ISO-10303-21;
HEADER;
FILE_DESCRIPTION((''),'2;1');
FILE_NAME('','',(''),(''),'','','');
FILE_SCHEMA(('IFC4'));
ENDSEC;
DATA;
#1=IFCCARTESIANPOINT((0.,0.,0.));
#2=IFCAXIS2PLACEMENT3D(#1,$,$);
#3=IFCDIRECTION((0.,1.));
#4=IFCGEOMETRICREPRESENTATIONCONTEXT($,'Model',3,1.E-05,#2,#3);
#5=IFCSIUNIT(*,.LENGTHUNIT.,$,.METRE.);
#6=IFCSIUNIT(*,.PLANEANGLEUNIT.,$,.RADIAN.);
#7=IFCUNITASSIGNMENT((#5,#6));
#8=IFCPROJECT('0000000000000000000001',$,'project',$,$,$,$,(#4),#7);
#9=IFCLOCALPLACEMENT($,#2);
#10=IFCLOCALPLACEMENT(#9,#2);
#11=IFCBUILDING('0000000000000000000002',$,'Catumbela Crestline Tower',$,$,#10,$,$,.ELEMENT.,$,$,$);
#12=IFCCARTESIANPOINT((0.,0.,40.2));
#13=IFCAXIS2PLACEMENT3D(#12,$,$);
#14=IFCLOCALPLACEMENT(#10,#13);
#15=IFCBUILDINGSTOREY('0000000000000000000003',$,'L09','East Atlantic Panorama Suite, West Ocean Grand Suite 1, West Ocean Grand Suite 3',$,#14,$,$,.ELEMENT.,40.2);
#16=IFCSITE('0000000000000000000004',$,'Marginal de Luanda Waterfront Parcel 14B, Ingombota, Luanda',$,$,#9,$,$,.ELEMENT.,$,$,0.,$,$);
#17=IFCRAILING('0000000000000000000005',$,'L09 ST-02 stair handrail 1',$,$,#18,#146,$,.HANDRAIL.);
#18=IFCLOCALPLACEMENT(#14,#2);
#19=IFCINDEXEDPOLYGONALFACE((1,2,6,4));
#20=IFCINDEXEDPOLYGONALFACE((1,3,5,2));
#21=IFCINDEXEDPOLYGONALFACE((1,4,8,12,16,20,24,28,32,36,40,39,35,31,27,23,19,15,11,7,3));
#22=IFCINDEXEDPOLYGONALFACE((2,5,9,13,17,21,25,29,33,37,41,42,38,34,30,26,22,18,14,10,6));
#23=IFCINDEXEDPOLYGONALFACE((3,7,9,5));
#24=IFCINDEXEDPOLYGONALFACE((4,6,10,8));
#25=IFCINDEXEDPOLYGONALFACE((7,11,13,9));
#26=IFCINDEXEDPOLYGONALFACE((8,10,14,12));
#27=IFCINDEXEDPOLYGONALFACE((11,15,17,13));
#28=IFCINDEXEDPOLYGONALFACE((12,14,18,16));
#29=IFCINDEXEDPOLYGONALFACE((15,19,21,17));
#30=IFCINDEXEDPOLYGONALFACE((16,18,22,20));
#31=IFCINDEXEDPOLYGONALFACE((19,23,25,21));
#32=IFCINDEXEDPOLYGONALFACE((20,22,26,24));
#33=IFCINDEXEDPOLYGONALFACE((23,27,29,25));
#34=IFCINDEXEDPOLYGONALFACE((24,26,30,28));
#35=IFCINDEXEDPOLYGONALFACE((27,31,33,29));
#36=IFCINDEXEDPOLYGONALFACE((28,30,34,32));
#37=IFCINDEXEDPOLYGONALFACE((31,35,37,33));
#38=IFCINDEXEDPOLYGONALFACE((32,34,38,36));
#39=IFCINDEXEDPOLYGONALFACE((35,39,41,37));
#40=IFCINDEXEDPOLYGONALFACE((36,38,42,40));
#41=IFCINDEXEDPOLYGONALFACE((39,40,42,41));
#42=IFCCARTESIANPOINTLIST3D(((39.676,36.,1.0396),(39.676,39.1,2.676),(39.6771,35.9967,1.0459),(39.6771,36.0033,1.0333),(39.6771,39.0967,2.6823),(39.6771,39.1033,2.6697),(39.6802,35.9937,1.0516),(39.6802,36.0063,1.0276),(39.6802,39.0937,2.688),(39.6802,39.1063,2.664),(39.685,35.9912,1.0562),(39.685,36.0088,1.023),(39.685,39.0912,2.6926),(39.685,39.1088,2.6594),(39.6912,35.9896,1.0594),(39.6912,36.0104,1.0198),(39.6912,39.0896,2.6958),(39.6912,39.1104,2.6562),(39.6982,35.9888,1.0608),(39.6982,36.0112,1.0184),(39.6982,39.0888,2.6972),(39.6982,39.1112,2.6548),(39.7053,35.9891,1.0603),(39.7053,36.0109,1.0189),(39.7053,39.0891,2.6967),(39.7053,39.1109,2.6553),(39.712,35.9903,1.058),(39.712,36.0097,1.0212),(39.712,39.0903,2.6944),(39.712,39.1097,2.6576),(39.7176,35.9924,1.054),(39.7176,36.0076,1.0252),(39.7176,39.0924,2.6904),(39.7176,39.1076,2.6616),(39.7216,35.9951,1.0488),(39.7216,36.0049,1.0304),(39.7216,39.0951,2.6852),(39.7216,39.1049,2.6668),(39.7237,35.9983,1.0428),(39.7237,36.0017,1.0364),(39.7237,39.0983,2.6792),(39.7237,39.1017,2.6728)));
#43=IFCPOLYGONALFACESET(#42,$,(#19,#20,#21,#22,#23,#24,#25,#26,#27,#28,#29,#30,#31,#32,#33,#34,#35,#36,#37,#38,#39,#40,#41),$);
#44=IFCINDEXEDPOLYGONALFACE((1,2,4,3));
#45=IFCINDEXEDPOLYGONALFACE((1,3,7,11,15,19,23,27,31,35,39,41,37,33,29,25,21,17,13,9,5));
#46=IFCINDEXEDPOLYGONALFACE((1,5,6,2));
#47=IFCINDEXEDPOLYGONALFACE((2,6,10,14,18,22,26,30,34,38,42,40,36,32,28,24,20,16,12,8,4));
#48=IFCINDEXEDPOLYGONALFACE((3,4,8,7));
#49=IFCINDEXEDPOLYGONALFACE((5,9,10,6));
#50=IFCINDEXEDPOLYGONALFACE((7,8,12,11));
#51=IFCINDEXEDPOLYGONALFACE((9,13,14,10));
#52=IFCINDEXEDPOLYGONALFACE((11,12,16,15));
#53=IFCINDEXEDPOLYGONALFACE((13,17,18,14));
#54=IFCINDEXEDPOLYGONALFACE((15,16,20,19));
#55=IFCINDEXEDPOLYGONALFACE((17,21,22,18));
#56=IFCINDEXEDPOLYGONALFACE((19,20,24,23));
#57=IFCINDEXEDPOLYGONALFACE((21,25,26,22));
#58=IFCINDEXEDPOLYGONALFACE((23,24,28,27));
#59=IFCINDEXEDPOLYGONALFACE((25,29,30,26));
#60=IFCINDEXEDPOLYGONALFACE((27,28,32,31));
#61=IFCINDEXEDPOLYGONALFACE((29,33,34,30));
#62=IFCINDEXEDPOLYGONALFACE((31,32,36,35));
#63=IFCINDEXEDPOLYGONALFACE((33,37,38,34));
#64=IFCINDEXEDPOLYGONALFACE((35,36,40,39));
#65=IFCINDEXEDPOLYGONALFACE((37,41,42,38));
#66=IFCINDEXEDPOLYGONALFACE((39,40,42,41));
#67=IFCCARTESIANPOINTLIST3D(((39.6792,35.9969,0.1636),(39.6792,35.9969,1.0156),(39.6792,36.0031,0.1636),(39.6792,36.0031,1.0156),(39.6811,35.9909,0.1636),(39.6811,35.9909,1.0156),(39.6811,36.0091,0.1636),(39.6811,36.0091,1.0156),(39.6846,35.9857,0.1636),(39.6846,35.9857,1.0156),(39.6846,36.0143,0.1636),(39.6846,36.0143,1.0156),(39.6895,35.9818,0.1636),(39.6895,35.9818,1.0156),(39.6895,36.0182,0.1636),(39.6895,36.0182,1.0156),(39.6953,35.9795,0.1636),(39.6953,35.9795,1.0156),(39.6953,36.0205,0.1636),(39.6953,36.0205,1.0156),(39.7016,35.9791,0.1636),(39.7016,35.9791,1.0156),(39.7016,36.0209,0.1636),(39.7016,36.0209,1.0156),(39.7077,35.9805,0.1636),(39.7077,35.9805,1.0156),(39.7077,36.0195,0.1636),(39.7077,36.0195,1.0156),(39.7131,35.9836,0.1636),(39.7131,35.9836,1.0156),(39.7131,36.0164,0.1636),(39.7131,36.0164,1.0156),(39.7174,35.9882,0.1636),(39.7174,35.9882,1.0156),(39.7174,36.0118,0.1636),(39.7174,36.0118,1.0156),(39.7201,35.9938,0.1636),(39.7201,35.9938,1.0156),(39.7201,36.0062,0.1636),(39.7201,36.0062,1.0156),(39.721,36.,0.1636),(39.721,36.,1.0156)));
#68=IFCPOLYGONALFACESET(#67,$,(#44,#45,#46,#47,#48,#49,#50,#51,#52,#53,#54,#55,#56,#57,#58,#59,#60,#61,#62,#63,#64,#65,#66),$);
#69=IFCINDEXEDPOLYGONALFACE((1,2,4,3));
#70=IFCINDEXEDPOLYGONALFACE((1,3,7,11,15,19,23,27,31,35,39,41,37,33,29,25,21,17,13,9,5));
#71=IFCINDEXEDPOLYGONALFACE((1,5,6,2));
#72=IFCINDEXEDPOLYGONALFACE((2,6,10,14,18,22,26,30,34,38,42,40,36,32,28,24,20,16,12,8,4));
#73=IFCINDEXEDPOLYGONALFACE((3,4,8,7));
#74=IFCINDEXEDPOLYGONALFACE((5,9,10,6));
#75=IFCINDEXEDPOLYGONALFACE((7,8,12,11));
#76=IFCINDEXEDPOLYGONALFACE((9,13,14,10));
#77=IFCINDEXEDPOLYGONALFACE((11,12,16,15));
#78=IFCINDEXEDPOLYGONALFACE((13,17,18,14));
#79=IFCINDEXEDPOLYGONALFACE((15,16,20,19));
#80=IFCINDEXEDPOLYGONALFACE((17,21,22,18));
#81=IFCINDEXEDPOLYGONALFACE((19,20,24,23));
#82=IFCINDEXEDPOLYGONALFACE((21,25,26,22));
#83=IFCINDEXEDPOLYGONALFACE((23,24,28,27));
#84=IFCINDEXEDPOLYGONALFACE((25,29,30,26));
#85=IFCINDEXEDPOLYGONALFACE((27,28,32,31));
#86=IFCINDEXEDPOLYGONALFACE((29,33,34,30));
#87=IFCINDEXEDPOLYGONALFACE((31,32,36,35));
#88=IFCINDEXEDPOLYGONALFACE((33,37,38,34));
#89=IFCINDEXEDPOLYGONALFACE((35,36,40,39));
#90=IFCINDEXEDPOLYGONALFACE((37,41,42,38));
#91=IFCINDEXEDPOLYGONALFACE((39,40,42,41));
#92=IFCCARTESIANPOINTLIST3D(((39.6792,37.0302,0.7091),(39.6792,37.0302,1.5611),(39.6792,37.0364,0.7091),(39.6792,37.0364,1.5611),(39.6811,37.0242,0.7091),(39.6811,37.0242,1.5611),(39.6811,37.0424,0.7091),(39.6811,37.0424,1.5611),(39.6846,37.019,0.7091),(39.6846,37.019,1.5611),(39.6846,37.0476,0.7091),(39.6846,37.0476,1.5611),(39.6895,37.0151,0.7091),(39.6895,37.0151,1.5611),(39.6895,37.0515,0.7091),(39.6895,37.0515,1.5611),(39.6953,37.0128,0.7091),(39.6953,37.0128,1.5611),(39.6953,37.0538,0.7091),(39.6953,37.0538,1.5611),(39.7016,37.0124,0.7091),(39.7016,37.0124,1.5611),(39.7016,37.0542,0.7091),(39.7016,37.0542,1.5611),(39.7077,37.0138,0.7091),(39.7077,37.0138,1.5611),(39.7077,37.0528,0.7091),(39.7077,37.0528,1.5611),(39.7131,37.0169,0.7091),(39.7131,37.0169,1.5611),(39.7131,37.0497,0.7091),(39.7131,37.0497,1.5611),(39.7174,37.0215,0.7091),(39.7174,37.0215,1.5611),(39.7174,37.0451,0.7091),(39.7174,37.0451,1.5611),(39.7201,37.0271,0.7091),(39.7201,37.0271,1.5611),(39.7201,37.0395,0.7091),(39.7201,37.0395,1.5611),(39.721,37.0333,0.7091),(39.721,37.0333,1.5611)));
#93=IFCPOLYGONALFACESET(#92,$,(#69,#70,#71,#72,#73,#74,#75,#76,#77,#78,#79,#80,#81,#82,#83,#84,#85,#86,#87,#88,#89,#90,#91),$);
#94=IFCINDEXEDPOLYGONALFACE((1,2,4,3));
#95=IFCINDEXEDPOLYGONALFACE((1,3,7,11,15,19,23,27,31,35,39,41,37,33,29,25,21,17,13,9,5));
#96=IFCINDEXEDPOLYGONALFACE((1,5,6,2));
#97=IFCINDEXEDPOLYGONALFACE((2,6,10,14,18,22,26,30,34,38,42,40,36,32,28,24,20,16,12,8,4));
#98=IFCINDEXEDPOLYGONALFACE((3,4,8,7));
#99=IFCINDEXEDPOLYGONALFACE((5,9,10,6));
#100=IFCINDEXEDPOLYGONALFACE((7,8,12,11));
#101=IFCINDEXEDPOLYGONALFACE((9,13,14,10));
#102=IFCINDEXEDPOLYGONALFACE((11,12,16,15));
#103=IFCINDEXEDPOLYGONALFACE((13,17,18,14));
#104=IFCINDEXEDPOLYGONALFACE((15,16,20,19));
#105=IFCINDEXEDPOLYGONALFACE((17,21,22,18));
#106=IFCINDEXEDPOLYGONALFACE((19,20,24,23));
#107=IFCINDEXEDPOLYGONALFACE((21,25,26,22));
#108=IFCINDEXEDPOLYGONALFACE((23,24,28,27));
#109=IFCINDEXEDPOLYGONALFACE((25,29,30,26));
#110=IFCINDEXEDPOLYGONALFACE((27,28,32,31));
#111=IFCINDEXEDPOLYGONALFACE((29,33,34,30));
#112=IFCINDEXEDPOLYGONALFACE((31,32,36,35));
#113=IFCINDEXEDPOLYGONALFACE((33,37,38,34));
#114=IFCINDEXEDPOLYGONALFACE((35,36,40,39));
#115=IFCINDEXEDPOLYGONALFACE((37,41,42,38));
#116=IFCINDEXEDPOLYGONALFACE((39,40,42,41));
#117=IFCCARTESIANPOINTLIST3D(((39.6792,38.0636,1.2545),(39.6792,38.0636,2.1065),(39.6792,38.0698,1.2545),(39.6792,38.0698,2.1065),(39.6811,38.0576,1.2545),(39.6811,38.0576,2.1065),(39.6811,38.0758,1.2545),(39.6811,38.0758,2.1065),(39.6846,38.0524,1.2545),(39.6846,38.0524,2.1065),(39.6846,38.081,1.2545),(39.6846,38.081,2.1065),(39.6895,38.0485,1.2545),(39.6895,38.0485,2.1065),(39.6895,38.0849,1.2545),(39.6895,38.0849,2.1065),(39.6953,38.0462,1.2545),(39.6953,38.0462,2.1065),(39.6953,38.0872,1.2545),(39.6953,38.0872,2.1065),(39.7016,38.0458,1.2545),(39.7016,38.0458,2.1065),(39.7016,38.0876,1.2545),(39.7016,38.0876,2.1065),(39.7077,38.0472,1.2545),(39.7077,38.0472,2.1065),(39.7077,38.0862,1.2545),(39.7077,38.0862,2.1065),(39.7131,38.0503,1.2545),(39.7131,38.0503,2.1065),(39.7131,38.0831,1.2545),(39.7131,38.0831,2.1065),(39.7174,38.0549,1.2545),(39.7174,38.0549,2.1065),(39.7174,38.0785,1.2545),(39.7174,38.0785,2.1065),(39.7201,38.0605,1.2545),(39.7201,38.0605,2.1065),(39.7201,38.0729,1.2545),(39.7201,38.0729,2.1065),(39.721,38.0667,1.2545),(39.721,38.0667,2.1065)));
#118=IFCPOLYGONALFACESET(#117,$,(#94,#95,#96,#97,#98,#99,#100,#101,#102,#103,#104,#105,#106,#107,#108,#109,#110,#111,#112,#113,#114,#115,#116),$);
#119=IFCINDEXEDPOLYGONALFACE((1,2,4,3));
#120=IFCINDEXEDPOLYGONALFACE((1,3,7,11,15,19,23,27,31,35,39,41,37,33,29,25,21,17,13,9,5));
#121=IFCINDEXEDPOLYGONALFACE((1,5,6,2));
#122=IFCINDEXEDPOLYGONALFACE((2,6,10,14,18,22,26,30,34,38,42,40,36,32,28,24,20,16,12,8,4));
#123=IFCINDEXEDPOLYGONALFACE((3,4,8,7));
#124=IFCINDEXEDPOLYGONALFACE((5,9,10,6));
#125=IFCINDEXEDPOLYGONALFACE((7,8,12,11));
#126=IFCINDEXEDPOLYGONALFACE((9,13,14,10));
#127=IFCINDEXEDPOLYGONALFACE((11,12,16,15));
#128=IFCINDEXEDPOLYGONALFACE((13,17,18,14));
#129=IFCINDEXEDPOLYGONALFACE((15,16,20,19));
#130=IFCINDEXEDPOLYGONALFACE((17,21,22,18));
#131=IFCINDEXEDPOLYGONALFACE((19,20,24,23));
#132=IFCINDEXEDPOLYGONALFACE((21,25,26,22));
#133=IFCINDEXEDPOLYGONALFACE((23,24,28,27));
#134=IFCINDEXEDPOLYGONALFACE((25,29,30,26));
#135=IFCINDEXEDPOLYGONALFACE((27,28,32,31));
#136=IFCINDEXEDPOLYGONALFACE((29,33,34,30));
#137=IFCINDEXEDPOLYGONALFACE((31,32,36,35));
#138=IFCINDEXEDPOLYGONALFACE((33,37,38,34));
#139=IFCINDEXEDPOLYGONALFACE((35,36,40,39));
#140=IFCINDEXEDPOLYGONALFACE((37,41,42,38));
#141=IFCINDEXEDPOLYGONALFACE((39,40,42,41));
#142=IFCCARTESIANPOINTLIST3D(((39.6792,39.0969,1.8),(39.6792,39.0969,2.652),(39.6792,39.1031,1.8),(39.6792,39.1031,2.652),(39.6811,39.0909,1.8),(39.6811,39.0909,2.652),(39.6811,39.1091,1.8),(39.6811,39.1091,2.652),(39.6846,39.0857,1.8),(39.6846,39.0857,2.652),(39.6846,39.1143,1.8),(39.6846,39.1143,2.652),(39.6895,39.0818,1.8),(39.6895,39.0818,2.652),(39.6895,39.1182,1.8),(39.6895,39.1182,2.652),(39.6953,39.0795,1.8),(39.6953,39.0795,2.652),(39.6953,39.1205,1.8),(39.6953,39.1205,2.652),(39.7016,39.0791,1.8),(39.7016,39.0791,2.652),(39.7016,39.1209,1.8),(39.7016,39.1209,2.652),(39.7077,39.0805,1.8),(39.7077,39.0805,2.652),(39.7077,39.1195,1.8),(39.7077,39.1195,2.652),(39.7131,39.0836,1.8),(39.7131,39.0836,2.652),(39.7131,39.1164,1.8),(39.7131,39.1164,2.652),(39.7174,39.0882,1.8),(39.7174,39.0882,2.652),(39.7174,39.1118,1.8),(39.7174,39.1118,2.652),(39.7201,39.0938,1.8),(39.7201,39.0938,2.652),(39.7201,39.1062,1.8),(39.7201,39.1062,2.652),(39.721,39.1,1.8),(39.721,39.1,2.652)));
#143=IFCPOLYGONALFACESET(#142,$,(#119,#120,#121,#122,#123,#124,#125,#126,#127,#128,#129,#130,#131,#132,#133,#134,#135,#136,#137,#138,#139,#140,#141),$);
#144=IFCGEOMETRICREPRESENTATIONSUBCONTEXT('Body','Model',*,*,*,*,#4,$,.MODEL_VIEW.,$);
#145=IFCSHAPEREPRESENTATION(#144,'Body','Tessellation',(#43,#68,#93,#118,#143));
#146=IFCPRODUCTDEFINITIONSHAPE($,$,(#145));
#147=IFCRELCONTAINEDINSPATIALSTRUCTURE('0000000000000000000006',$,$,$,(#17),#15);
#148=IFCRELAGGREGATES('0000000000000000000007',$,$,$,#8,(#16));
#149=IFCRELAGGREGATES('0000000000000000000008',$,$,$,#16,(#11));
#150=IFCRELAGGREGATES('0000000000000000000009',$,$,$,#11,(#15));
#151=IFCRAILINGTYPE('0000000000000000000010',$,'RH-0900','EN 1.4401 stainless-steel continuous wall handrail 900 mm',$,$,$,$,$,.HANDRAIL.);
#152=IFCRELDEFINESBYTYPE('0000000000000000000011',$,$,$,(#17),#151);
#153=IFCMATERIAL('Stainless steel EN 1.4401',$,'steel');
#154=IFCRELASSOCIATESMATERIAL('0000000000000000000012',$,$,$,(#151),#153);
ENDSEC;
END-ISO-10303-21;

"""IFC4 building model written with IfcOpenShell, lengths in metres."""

from ifc_helpers import new_model, si_unit, direction, frame, origin, origin_2d, place, context, subcontext, project, spatial, circle, extrude, material, type_object, element, save


model = new_model("IFC4")

# Units and contexts
model_context = context("Model", 3, precision=1e-05, world=origin(), true_north=direction((0.0, 1.0)))
body_context = subcontext(model_context, "Body", "Model", "MODEL_VIEW")
ifc_project = project(units=[si_unit("LENGTHUNIT", "METRE"), si_unit("PLANEANGLEUNIT", "RADIAN")], contexts=[model_context])

# Site, building, storey
site_placement = place(None, origin())
site = spatial("IfcSite", under=ifc_project, at=site_placement, Name="Marginal de Luanda Waterfront Parcel 14B, Ingombota, Luanda", CompositionType="ELEMENT", RefElevation=0.0)
building_placement = place(site_placement, origin())
building = spatial("IfcBuilding", under=site, at=building_placement, Name="Catumbela Crestline Tower", CompositionType="ELEMENT")
storey_placement = place(building_placement, frame((0.0, 0.0, 40.2)))
storey = spatial("IfcBuildingStorey", under=building, at=storey_placement, Name="L09", Description="East Atlantic Panorama Suite, West Ocean Grand Suite 1, West Ocean Grand Suite 3", CompositionType="ELEMENT", Elevation=40.2)

# Shared definitions
ifc_material_1 = material(Name="Stainless steel EN 1.4401", Category="steel")

# Railing
railing_type_1 = type_object("IfcRailingType", Name="RH-0900", Description="EN 1.4401 stainless-steel continuous wall handrail 900 mm", PredefinedType="HANDRAIL", material=ifc_material_1)
railing_1_placement = place(storey_placement, frame((39.7, 36.0, 0.1636)))
element("IfcRailing", 1, at=railing_1_placement, inside=storey, type_object=railing_type_1, Name="L09 ST-02 stair handrail 1", PredefinedType="HANDRAIL", context=body_context, shape_type="SweptSolid", body=[
    extrude(circle(Radius=0.024, at=origin_2d()), frame((0.0, 0.0, 0.876), z_axis=(0.0, 0.884351, 0.466823), x_axis=(-1.0, 0.0, 0.0)), (0.0, 0.0, 1.0), 3.5054),
    extrude(circle(Radius=0.021, at=origin_2d()), origin(), (0.0, 0.0, 1.0), 0.852),
    extrude(circle(Radius=0.021, at=origin_2d()), frame((0.0, 1.0333, 0.5455)), (0.0, 0.0, 1.0), 0.852),
    extrude(circle(Radius=0.021, at=origin_2d()), frame((0.0, 2.0667, 1.0909)), (0.0, 0.0, 1.0), 0.852),
    extrude(circle(Radius=0.021, at=origin_2d()), frame((0.0, 3.1, 1.6364)), (0.0, 0.0, 1.0), 0.852),
])

save(model, "model.ifc")
